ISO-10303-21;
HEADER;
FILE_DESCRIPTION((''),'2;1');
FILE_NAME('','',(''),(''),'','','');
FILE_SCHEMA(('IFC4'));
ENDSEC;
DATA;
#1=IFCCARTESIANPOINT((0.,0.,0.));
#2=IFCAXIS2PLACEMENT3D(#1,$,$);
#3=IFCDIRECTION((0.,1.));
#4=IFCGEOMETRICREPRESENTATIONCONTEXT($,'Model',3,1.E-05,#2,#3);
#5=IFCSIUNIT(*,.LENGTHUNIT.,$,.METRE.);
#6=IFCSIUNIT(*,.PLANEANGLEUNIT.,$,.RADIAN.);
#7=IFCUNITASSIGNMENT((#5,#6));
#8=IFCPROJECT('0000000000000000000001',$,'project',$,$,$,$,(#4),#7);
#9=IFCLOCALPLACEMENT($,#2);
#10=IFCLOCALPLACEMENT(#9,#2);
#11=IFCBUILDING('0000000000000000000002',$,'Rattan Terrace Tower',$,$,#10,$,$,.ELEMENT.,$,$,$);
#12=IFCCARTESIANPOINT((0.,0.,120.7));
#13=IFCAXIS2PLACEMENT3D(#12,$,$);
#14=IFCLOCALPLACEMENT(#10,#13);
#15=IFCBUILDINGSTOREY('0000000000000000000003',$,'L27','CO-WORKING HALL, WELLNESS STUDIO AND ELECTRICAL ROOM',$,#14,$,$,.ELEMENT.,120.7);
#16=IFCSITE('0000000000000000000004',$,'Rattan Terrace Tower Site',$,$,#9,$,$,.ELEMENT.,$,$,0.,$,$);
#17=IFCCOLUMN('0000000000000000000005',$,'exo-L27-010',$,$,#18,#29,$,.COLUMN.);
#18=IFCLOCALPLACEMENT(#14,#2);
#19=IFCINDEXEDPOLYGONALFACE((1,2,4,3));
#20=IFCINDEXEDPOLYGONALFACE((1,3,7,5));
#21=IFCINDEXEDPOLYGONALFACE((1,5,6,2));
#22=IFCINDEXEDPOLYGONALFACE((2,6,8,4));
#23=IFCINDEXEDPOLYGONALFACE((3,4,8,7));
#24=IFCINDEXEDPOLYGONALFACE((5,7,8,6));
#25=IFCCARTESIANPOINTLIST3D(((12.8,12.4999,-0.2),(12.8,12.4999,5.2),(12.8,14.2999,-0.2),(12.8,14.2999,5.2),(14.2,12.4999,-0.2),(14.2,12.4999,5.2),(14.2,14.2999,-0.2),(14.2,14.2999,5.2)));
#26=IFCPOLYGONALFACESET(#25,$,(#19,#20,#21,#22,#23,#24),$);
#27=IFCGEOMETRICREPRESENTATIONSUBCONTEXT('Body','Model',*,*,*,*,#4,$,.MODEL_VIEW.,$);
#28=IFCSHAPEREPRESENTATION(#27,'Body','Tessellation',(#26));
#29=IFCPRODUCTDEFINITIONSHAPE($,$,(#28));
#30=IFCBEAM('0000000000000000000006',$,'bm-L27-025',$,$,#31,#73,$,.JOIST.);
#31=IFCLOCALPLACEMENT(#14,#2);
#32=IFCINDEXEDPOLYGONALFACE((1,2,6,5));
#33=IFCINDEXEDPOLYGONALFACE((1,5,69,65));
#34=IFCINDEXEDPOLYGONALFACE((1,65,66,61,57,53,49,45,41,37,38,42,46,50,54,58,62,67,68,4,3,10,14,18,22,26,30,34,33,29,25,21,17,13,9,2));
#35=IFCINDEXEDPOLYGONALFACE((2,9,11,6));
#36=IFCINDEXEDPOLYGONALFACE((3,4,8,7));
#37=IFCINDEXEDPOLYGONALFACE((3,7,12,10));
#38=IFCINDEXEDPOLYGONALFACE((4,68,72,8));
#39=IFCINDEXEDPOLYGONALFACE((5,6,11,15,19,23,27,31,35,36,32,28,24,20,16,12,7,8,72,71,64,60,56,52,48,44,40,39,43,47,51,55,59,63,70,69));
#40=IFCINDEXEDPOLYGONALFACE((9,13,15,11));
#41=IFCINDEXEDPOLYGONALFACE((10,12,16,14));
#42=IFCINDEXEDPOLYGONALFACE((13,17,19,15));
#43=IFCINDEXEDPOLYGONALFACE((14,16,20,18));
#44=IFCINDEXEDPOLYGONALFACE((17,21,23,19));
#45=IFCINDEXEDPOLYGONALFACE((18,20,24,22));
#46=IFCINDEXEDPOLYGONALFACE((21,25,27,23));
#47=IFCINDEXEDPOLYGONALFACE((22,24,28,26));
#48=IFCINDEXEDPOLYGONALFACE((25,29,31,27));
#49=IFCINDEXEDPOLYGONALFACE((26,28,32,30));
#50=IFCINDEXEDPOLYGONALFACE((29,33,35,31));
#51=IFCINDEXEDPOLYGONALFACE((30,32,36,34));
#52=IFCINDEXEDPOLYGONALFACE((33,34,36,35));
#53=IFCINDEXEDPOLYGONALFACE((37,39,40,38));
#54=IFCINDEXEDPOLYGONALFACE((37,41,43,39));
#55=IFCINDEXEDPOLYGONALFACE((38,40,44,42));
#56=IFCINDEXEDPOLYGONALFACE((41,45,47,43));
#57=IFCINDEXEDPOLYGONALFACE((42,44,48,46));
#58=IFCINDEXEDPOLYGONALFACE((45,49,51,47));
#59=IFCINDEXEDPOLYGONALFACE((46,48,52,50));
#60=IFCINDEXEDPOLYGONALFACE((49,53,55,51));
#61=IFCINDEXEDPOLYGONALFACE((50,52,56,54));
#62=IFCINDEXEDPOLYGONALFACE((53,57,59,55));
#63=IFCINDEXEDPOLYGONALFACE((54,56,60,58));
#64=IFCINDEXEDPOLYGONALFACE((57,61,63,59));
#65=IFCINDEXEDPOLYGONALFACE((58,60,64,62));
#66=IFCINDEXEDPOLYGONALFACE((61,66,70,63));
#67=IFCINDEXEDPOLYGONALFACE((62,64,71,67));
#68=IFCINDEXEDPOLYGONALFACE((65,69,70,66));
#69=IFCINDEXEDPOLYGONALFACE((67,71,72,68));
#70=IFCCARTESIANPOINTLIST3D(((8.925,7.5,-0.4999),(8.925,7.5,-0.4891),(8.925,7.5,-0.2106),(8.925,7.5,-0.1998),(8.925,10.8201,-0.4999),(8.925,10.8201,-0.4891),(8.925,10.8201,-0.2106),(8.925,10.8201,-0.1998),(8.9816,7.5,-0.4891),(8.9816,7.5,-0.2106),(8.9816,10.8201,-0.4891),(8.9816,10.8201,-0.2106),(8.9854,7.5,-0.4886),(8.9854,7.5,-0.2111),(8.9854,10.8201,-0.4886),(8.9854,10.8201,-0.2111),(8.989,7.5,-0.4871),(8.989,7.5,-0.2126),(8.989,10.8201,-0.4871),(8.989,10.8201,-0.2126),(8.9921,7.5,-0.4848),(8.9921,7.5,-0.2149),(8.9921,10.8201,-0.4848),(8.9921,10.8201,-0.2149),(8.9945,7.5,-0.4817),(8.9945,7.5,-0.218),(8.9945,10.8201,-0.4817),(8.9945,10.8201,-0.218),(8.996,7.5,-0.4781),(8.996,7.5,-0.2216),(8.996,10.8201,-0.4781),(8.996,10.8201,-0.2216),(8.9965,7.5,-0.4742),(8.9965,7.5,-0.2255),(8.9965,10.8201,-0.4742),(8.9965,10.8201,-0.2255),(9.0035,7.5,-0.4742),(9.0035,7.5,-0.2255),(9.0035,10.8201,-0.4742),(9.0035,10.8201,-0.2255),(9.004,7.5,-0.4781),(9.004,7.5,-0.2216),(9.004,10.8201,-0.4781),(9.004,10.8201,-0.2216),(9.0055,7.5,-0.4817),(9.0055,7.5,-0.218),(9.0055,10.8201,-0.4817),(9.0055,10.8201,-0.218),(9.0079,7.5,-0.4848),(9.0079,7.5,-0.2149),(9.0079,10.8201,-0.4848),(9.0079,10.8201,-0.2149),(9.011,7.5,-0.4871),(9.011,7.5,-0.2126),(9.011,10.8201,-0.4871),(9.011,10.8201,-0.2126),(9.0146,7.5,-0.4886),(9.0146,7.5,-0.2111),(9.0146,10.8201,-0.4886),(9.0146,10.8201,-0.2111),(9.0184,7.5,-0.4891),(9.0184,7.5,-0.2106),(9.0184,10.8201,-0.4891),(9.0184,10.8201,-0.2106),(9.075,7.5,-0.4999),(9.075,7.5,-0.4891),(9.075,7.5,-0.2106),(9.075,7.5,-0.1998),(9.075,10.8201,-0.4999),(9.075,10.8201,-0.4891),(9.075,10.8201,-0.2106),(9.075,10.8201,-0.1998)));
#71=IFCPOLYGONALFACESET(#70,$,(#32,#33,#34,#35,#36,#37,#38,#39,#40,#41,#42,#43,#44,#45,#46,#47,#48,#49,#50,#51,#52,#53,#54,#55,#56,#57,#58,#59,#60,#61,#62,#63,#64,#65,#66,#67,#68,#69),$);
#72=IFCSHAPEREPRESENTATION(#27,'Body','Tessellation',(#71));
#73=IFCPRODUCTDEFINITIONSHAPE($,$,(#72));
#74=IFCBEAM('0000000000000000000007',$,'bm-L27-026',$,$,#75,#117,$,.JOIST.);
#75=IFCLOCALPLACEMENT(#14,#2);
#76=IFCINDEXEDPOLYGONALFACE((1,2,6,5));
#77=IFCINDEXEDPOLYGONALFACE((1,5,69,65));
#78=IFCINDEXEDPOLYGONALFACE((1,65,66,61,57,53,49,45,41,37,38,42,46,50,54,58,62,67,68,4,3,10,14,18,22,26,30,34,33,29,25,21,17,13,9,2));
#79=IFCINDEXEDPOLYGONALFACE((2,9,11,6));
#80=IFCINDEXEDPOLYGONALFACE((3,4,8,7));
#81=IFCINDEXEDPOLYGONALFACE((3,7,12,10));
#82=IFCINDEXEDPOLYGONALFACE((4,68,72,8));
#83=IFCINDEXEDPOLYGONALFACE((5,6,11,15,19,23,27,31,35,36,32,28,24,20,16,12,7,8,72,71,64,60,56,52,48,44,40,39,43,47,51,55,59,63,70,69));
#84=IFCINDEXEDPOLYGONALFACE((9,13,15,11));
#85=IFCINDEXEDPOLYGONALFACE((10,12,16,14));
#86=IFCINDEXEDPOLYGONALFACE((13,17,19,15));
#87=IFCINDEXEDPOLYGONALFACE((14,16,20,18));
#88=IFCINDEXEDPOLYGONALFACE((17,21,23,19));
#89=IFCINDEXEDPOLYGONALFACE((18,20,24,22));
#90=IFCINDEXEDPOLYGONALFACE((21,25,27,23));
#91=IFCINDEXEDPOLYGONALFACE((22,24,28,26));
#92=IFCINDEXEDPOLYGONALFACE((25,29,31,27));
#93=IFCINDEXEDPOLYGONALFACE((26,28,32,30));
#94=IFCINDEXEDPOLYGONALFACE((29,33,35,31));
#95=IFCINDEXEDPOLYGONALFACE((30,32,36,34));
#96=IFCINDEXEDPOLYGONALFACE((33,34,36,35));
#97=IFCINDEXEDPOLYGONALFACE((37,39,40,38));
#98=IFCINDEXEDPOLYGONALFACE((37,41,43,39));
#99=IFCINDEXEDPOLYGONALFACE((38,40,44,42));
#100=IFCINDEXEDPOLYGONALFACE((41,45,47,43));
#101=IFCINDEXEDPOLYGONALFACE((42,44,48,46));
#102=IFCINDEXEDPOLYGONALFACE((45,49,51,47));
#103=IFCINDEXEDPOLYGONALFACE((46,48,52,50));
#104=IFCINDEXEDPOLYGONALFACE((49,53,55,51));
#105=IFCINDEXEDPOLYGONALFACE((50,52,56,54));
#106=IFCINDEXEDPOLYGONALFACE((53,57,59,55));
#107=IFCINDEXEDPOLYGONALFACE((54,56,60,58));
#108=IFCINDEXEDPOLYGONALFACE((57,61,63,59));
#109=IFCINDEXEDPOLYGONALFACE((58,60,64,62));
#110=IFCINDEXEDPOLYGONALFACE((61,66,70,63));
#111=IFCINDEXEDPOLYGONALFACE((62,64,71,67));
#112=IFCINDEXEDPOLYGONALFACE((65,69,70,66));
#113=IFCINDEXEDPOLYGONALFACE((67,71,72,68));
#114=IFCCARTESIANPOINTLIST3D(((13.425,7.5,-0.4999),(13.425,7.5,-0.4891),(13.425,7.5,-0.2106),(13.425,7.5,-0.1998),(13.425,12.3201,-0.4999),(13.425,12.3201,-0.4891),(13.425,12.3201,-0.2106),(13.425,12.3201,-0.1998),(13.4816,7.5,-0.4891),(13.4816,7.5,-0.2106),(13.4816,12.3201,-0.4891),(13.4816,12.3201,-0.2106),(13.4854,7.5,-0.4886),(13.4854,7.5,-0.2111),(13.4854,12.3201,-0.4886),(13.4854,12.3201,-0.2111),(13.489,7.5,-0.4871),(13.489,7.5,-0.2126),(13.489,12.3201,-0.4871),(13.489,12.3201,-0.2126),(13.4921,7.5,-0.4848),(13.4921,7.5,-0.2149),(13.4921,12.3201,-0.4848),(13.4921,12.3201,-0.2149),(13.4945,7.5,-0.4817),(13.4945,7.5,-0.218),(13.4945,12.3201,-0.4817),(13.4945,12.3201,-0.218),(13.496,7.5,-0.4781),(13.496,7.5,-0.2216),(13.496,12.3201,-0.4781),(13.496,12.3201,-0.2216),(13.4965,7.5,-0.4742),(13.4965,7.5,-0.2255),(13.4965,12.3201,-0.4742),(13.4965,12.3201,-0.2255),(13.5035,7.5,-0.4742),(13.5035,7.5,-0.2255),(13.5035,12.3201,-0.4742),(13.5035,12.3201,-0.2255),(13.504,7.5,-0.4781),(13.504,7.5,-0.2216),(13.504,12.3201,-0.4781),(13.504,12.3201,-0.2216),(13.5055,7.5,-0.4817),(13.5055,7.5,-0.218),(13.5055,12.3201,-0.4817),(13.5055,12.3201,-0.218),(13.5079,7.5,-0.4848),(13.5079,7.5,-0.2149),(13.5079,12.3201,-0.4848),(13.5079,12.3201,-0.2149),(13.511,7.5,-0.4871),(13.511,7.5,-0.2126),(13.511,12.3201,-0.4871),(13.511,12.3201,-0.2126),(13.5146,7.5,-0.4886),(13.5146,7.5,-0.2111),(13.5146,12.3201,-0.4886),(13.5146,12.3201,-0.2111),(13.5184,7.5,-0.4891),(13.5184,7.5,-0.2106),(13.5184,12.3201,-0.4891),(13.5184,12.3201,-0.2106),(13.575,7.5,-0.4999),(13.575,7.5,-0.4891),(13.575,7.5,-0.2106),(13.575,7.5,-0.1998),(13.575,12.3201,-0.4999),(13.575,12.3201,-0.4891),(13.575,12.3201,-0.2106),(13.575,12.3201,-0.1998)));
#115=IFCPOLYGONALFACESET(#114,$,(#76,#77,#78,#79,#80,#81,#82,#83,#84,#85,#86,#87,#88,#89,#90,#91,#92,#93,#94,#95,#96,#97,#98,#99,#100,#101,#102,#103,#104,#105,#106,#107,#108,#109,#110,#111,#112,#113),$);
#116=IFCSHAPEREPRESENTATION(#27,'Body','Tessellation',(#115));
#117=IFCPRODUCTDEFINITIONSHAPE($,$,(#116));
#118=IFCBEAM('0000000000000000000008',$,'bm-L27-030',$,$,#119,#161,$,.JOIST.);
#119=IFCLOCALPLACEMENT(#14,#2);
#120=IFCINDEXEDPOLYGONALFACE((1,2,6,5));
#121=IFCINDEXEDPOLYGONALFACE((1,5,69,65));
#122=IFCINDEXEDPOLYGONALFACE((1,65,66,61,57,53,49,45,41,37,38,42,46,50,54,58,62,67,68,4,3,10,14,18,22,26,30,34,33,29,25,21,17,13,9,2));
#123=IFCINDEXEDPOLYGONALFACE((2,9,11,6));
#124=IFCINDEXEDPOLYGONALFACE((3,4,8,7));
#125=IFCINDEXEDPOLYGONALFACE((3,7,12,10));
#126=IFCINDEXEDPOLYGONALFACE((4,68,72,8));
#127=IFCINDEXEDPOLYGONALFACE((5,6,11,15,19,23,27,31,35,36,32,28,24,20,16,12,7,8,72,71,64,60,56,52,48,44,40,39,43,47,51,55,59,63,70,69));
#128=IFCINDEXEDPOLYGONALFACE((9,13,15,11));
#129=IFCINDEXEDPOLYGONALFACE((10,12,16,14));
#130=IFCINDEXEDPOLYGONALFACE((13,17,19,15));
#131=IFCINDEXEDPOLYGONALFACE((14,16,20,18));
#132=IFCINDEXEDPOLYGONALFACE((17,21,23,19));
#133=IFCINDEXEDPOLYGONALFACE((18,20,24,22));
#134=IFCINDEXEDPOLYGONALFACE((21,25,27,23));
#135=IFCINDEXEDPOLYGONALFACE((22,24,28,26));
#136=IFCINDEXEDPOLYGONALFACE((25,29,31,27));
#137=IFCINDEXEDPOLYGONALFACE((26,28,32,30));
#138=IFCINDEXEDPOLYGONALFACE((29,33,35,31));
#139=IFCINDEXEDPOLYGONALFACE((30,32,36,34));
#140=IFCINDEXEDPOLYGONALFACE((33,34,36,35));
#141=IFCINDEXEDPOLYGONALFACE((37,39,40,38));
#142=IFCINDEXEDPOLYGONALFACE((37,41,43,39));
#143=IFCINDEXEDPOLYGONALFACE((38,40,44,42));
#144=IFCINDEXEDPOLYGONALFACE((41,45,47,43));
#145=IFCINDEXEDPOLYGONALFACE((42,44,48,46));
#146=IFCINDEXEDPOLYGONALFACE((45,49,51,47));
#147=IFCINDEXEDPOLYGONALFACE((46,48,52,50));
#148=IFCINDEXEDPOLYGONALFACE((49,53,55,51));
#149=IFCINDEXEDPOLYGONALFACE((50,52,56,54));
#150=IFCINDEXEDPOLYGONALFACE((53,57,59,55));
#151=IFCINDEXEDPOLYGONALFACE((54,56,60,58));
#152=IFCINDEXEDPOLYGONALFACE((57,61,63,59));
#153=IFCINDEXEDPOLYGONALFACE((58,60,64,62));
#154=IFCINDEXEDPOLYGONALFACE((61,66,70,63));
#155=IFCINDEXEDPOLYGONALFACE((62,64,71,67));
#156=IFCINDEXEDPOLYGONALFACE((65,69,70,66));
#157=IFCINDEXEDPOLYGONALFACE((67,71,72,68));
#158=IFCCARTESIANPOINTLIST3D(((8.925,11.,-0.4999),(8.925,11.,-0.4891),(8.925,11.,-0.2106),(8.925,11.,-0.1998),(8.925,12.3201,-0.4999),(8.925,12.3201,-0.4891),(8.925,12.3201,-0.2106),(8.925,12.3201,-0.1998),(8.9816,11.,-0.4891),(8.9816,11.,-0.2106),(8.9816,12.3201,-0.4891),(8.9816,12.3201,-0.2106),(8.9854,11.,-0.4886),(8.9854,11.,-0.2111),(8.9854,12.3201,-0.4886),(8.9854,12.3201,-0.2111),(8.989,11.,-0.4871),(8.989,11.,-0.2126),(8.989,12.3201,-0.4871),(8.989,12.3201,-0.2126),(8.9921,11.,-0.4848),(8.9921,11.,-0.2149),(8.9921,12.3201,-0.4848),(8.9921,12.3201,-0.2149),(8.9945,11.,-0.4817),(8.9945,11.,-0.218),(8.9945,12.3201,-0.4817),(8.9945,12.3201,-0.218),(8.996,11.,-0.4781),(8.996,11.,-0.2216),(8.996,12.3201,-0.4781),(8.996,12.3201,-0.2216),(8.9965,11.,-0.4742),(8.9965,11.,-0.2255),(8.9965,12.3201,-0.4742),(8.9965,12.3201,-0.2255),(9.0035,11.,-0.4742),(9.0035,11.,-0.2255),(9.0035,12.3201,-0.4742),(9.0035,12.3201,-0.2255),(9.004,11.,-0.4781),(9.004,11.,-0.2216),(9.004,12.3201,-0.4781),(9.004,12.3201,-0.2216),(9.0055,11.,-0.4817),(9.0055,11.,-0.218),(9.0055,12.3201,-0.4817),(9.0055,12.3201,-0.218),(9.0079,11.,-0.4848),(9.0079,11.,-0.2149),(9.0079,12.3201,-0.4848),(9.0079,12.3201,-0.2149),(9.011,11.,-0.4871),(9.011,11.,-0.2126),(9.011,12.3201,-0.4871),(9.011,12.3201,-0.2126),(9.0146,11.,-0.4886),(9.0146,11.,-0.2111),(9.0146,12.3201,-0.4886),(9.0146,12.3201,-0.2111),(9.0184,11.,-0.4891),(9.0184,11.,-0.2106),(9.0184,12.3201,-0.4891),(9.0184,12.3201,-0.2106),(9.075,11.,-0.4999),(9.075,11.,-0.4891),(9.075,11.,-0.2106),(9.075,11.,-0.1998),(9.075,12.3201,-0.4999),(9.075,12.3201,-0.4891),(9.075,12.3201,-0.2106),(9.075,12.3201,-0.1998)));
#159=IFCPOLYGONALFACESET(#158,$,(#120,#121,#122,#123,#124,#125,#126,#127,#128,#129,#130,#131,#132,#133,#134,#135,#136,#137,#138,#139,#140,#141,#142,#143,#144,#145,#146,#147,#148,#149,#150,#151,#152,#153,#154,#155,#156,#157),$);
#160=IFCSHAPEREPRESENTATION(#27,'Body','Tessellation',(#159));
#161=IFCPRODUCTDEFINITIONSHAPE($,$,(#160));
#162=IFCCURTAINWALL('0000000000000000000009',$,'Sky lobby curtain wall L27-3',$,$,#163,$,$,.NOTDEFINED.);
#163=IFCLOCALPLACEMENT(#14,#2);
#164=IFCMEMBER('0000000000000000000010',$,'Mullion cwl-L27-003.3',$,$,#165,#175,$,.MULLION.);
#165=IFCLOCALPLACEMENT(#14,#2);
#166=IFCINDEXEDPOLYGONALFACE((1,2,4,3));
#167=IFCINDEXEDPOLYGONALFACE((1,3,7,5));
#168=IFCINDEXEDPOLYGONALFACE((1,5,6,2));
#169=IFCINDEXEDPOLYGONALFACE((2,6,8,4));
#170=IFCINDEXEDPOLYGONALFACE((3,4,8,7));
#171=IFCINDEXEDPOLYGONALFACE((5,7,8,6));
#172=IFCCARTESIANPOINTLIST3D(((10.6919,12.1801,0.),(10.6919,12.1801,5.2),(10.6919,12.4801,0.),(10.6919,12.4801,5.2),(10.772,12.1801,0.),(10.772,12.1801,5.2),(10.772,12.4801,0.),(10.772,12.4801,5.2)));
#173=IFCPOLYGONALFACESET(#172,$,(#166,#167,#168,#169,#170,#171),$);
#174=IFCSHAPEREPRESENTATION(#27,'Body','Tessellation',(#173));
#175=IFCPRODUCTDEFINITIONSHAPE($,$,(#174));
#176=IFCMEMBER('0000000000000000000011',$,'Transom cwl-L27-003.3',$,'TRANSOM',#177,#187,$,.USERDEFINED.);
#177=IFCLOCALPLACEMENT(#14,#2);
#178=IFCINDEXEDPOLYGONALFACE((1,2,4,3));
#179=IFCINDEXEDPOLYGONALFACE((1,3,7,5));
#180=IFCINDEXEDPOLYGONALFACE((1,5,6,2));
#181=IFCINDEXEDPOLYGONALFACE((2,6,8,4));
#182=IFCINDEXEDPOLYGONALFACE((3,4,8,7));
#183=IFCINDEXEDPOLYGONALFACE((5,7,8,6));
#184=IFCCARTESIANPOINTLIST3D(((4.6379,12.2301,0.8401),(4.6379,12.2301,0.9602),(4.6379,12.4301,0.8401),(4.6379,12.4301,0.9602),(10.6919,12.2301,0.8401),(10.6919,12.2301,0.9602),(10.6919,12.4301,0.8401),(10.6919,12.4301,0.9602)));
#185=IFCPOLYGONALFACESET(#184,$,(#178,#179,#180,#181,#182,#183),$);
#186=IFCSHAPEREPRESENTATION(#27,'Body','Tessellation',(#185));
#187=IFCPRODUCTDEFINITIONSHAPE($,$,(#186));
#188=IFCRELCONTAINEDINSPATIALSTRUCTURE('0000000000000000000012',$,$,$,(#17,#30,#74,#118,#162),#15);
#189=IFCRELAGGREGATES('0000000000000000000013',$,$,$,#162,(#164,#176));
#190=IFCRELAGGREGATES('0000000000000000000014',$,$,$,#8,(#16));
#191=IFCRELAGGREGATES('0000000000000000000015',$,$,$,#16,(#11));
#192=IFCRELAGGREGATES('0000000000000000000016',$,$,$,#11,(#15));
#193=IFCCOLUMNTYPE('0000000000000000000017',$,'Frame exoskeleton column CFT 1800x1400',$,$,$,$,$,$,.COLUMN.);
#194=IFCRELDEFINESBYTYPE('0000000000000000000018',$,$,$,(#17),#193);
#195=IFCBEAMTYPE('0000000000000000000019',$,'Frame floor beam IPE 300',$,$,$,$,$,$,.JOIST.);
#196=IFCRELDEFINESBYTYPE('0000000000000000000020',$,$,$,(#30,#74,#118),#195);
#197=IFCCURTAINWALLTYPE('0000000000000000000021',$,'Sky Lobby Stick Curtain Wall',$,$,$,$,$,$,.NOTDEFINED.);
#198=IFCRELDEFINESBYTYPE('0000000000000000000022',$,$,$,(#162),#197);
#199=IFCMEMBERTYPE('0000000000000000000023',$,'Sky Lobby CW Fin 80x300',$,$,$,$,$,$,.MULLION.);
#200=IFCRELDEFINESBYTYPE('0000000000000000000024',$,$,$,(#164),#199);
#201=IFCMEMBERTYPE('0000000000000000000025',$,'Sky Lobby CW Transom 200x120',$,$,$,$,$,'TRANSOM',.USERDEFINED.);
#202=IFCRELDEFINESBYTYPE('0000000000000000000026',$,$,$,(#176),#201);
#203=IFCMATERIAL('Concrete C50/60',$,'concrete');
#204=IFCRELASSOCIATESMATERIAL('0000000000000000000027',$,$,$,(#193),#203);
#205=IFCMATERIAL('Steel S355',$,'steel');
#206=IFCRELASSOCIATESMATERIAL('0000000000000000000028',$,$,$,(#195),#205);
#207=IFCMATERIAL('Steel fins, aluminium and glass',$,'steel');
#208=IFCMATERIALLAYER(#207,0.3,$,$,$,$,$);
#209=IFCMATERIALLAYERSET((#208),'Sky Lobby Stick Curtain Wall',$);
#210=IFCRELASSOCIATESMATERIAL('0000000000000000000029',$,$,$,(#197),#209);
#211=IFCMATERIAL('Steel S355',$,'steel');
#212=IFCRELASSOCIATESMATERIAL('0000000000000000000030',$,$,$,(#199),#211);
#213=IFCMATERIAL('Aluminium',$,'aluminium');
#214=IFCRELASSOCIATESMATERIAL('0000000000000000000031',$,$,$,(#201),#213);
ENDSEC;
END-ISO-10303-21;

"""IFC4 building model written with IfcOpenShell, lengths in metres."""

from ifc_helpers import new_model, si_unit, direction, frame, origin, origin_2d, place, context, subcontext, project, spatial, rectangle, i_section, extrude, material, layer, layer_set, material_profile, profile_set, type_object, element, aggregate, save


model = new_model("IFC4")

# Units and contexts
model_context = context("Model", 3, precision=1e-05, world=origin(), true_north=direction((0.0, 1.0)))
body_context = subcontext(model_context, "Body", "Model", "MODEL_VIEW")
ifc_project = project(units=[si_unit("LENGTHUNIT", "METRE"), si_unit("PLANEANGLEUNIT", "RADIAN")], contexts=[model_context])

# Site, building, storey
site_placement = place(None, origin())
site = spatial("IfcSite", under=ifc_project, at=site_placement, Name="Rattan Terrace Tower Site", CompositionType="ELEMENT", RefElevation=0.0)
building_placement = place(site_placement, origin())
building = spatial("IfcBuilding", under=site, at=building_placement, Name="Rattan Terrace Tower", CompositionType="ELEMENT")
storey_placement = place(building_placement, frame((0.0, 0.0, 120.7)))
storey = spatial("IfcBuildingStorey", under=building, at=storey_placement, Name="L27", Description="CO-WORKING HALL, WELLNESS STUDIO AND ELECTRICAL ROOM", CompositionType="ELEMENT", Elevation=120.7)

# Column
ifc_material_1 = material(Name="Concrete C50/60", Category="concrete")
ifc_material_profile_1 = material_profile(ifc_material_1, rectangle(XDim=1.3999, YDim=1.8, at=origin_2d()), Name="CFT 1800x1400")
ifc_profile_set_1 = profile_set([ifc_material_profile_1], Name="Concrete C50/60")
column_type = type_object("IfcColumnType", Name="Frame exoskeleton column CFT 1800x1400", PredefinedType="COLUMN", material=ifc_profile_set_1)
column_placement = place(storey_placement, frame((13.5, 13.3999, -0.2), z_axis=(0.0, 0.0, 1.0), x_axis=(1.0, 0.0, 0.0)))
element("IfcColumn", 1, at=column_placement, inside=storey, type_object=column_type, Name="exo-L27-010", PredefinedType="COLUMN", context=body_context, shape_type="SweptSolid", body=[
    extrude(rectangle(XDim=1.3999, YDim=1.8, at=origin_2d()), origin(), (0.0, 0.0, 1.0), 5.3999),
])

# Beams
ifc_material_2 = material(Name="Steel S355", Category="steel")
ifc_material_profile_2 = material_profile(ifc_material_2, i_section(OverallWidth=0.1499, OverallDepth=0.3, WebThickness=0.0071, FlangeThickness=0.0107, FilletRadius=0.0149, at=origin_2d()), Name="IPE 300")
ifc_profile_set_2 = profile_set([ifc_material_profile_2], Name="Steel S355")
beam_type = type_object("IfcBeamType", Name="Frame floor beam IPE 300", PredefinedType="JOIST", material=ifc_profile_set_2)
beam_1_placement = place(storey_placement, frame((9.0, 7.5, -0.3499), z_axis=(0.0, 1.0, 0.0), x_axis=(-1.0, 0.0, 0.0)))
element("IfcBeam", 2, at=beam_1_placement, inside=storey, type_object=beam_type, Name="bm-L27-025", PredefinedType="JOIST", context=body_context, shape_type="SweptSolid", body=[
    extrude(i_section(OverallWidth=0.1499, OverallDepth=0.3, WebThickness=0.0071, FlangeThickness=0.0107, FilletRadius=0.0149, at=origin_2d()), origin(), (0.0, 0.0, 1.0), 3.3201),
])
beam_2_placement = place(storey_placement, frame((13.5, 7.5, -0.3499), z_axis=(0.0, 1.0, 0.0), x_axis=(-1.0, 0.0, 0.0)))
element("IfcBeam", 3, at=beam_2_placement, inside=storey, type_object=beam_type, Name="bm-L27-026", PredefinedType="JOIST", context=body_context, shape_type="SweptSolid", body=[
    extrude(i_section(OverallWidth=0.1499, OverallDepth=0.3, WebThickness=0.0071, FlangeThickness=0.0107, FilletRadius=0.0149, at=origin_2d()), origin(), (0.0, 0.0, 1.0), 4.8201),
])
beam_3_placement = place(storey_placement, frame((9.0, 11.0, -0.3499), z_axis=(0.0, 1.0, 0.0), x_axis=(-1.0, 0.0, 0.0)))
element("IfcBeam", 4, at=beam_3_placement, inside=storey, type_object=beam_type, Name="bm-L27-030", PredefinedType="JOIST", context=body_context, shape_type="SweptSolid", body=[
    extrude(i_section(OverallWidth=0.1499, OverallDepth=0.3, WebThickness=0.0071, FlangeThickness=0.0107, FilletRadius=0.0149, at=origin_2d()), origin(), (0.0, 0.0, 1.0), 1.3201),
])

# Curtain wall, members
ifc_material_3 = material(Name="Steel fins, aluminium and glass", Category="steel")
ifc_layer_1 = layer(ifc_material_3, 0.3)
ifc_layer_set_1 = layer_set([ifc_layer_1], Name="Sky Lobby Stick Curtain Wall")
curtain_wall_type = type_object("IfcCurtainWallType", Name="Sky Lobby Stick Curtain Wall", PredefinedType="NOTDEFINED", material=ifc_layer_set_1)
curtain_wall_placement = place(storey_placement, origin())
curtain_wall = element("IfcCurtainWall", 5, at=curtain_wall_placement, inside=storey, type_object=curtain_wall_type, Name="Sky lobby curtain wall L27-3", PredefinedType="NOTDEFINED")
ifc_material_4 = material(Name="Steel S355", Category="steel")
ifc_material_profile_3 = material_profile(ifc_material_4, rectangle(XDim=0.0801, YDim=0.3, at=origin_2d()), Name="Steel S355 80x300")
ifc_profile_set_3 = profile_set([ifc_material_profile_3], Name="Steel S355")
member_type_1 = type_object("IfcMemberType", Name="Sky Lobby CW Fin 80x300", PredefinedType="MULLION", material=ifc_profile_set_3)
member_1_placement = place(storey_placement, frame((10.7319, 12.3301, 0.0), z_axis=(0.0, 0.0, 1.0), x_axis=(-1.0, 0.0, 0.0)))
member_1 = element("IfcMember", 6, at=member_1_placement, type_object=member_type_1, Name="Mullion cwl-L27-003.3", PredefinedType="MULLION", context=body_context, shape_type="SweptSolid", body=[
    extrude(rectangle(XDim=0.0801, YDim=0.3, at=origin_2d()), origin(), (0.0, 0.0, 1.0), 5.2),
])
ifc_material_5 = material(Name="Aluminium", Category="aluminium")
ifc_material_profile_4 = material_profile(ifc_material_5, rectangle(XDim=0.2, YDim=0.1201, at=origin_2d()), Name="Aluminium 200x120")
ifc_profile_set_4 = profile_set([ifc_material_profile_4], Name="Aluminium")
member_type_2 = type_object("IfcMemberType", Name="Sky Lobby CW Transom 200x120", ElementType="TRANSOM", PredefinedType="USERDEFINED", material=ifc_profile_set_4)
member_2_placement = place(storey_placement, frame((10.6919, 12.3301, 0.9001), z_axis=(-1.0, 0.0, 0.0), x_axis=(0.0, -1.0, 0.0)))
member_2 = element("IfcMember", 7, at=member_2_placement, type_object=member_type_2, Name="Transom cwl-L27-003.3", ObjectType="TRANSOM", PredefinedType="USERDEFINED", context=body_context, shape_type="SweptSolid", body=[
    extrude(rectangle(XDim=0.2, YDim=0.1201, at=origin_2d()), origin(), (0.0, 0.0, 1.0), 6.054),
])
aggregate(curtain_wall, [member_1, member_2])

save(model, "model.ifc")
